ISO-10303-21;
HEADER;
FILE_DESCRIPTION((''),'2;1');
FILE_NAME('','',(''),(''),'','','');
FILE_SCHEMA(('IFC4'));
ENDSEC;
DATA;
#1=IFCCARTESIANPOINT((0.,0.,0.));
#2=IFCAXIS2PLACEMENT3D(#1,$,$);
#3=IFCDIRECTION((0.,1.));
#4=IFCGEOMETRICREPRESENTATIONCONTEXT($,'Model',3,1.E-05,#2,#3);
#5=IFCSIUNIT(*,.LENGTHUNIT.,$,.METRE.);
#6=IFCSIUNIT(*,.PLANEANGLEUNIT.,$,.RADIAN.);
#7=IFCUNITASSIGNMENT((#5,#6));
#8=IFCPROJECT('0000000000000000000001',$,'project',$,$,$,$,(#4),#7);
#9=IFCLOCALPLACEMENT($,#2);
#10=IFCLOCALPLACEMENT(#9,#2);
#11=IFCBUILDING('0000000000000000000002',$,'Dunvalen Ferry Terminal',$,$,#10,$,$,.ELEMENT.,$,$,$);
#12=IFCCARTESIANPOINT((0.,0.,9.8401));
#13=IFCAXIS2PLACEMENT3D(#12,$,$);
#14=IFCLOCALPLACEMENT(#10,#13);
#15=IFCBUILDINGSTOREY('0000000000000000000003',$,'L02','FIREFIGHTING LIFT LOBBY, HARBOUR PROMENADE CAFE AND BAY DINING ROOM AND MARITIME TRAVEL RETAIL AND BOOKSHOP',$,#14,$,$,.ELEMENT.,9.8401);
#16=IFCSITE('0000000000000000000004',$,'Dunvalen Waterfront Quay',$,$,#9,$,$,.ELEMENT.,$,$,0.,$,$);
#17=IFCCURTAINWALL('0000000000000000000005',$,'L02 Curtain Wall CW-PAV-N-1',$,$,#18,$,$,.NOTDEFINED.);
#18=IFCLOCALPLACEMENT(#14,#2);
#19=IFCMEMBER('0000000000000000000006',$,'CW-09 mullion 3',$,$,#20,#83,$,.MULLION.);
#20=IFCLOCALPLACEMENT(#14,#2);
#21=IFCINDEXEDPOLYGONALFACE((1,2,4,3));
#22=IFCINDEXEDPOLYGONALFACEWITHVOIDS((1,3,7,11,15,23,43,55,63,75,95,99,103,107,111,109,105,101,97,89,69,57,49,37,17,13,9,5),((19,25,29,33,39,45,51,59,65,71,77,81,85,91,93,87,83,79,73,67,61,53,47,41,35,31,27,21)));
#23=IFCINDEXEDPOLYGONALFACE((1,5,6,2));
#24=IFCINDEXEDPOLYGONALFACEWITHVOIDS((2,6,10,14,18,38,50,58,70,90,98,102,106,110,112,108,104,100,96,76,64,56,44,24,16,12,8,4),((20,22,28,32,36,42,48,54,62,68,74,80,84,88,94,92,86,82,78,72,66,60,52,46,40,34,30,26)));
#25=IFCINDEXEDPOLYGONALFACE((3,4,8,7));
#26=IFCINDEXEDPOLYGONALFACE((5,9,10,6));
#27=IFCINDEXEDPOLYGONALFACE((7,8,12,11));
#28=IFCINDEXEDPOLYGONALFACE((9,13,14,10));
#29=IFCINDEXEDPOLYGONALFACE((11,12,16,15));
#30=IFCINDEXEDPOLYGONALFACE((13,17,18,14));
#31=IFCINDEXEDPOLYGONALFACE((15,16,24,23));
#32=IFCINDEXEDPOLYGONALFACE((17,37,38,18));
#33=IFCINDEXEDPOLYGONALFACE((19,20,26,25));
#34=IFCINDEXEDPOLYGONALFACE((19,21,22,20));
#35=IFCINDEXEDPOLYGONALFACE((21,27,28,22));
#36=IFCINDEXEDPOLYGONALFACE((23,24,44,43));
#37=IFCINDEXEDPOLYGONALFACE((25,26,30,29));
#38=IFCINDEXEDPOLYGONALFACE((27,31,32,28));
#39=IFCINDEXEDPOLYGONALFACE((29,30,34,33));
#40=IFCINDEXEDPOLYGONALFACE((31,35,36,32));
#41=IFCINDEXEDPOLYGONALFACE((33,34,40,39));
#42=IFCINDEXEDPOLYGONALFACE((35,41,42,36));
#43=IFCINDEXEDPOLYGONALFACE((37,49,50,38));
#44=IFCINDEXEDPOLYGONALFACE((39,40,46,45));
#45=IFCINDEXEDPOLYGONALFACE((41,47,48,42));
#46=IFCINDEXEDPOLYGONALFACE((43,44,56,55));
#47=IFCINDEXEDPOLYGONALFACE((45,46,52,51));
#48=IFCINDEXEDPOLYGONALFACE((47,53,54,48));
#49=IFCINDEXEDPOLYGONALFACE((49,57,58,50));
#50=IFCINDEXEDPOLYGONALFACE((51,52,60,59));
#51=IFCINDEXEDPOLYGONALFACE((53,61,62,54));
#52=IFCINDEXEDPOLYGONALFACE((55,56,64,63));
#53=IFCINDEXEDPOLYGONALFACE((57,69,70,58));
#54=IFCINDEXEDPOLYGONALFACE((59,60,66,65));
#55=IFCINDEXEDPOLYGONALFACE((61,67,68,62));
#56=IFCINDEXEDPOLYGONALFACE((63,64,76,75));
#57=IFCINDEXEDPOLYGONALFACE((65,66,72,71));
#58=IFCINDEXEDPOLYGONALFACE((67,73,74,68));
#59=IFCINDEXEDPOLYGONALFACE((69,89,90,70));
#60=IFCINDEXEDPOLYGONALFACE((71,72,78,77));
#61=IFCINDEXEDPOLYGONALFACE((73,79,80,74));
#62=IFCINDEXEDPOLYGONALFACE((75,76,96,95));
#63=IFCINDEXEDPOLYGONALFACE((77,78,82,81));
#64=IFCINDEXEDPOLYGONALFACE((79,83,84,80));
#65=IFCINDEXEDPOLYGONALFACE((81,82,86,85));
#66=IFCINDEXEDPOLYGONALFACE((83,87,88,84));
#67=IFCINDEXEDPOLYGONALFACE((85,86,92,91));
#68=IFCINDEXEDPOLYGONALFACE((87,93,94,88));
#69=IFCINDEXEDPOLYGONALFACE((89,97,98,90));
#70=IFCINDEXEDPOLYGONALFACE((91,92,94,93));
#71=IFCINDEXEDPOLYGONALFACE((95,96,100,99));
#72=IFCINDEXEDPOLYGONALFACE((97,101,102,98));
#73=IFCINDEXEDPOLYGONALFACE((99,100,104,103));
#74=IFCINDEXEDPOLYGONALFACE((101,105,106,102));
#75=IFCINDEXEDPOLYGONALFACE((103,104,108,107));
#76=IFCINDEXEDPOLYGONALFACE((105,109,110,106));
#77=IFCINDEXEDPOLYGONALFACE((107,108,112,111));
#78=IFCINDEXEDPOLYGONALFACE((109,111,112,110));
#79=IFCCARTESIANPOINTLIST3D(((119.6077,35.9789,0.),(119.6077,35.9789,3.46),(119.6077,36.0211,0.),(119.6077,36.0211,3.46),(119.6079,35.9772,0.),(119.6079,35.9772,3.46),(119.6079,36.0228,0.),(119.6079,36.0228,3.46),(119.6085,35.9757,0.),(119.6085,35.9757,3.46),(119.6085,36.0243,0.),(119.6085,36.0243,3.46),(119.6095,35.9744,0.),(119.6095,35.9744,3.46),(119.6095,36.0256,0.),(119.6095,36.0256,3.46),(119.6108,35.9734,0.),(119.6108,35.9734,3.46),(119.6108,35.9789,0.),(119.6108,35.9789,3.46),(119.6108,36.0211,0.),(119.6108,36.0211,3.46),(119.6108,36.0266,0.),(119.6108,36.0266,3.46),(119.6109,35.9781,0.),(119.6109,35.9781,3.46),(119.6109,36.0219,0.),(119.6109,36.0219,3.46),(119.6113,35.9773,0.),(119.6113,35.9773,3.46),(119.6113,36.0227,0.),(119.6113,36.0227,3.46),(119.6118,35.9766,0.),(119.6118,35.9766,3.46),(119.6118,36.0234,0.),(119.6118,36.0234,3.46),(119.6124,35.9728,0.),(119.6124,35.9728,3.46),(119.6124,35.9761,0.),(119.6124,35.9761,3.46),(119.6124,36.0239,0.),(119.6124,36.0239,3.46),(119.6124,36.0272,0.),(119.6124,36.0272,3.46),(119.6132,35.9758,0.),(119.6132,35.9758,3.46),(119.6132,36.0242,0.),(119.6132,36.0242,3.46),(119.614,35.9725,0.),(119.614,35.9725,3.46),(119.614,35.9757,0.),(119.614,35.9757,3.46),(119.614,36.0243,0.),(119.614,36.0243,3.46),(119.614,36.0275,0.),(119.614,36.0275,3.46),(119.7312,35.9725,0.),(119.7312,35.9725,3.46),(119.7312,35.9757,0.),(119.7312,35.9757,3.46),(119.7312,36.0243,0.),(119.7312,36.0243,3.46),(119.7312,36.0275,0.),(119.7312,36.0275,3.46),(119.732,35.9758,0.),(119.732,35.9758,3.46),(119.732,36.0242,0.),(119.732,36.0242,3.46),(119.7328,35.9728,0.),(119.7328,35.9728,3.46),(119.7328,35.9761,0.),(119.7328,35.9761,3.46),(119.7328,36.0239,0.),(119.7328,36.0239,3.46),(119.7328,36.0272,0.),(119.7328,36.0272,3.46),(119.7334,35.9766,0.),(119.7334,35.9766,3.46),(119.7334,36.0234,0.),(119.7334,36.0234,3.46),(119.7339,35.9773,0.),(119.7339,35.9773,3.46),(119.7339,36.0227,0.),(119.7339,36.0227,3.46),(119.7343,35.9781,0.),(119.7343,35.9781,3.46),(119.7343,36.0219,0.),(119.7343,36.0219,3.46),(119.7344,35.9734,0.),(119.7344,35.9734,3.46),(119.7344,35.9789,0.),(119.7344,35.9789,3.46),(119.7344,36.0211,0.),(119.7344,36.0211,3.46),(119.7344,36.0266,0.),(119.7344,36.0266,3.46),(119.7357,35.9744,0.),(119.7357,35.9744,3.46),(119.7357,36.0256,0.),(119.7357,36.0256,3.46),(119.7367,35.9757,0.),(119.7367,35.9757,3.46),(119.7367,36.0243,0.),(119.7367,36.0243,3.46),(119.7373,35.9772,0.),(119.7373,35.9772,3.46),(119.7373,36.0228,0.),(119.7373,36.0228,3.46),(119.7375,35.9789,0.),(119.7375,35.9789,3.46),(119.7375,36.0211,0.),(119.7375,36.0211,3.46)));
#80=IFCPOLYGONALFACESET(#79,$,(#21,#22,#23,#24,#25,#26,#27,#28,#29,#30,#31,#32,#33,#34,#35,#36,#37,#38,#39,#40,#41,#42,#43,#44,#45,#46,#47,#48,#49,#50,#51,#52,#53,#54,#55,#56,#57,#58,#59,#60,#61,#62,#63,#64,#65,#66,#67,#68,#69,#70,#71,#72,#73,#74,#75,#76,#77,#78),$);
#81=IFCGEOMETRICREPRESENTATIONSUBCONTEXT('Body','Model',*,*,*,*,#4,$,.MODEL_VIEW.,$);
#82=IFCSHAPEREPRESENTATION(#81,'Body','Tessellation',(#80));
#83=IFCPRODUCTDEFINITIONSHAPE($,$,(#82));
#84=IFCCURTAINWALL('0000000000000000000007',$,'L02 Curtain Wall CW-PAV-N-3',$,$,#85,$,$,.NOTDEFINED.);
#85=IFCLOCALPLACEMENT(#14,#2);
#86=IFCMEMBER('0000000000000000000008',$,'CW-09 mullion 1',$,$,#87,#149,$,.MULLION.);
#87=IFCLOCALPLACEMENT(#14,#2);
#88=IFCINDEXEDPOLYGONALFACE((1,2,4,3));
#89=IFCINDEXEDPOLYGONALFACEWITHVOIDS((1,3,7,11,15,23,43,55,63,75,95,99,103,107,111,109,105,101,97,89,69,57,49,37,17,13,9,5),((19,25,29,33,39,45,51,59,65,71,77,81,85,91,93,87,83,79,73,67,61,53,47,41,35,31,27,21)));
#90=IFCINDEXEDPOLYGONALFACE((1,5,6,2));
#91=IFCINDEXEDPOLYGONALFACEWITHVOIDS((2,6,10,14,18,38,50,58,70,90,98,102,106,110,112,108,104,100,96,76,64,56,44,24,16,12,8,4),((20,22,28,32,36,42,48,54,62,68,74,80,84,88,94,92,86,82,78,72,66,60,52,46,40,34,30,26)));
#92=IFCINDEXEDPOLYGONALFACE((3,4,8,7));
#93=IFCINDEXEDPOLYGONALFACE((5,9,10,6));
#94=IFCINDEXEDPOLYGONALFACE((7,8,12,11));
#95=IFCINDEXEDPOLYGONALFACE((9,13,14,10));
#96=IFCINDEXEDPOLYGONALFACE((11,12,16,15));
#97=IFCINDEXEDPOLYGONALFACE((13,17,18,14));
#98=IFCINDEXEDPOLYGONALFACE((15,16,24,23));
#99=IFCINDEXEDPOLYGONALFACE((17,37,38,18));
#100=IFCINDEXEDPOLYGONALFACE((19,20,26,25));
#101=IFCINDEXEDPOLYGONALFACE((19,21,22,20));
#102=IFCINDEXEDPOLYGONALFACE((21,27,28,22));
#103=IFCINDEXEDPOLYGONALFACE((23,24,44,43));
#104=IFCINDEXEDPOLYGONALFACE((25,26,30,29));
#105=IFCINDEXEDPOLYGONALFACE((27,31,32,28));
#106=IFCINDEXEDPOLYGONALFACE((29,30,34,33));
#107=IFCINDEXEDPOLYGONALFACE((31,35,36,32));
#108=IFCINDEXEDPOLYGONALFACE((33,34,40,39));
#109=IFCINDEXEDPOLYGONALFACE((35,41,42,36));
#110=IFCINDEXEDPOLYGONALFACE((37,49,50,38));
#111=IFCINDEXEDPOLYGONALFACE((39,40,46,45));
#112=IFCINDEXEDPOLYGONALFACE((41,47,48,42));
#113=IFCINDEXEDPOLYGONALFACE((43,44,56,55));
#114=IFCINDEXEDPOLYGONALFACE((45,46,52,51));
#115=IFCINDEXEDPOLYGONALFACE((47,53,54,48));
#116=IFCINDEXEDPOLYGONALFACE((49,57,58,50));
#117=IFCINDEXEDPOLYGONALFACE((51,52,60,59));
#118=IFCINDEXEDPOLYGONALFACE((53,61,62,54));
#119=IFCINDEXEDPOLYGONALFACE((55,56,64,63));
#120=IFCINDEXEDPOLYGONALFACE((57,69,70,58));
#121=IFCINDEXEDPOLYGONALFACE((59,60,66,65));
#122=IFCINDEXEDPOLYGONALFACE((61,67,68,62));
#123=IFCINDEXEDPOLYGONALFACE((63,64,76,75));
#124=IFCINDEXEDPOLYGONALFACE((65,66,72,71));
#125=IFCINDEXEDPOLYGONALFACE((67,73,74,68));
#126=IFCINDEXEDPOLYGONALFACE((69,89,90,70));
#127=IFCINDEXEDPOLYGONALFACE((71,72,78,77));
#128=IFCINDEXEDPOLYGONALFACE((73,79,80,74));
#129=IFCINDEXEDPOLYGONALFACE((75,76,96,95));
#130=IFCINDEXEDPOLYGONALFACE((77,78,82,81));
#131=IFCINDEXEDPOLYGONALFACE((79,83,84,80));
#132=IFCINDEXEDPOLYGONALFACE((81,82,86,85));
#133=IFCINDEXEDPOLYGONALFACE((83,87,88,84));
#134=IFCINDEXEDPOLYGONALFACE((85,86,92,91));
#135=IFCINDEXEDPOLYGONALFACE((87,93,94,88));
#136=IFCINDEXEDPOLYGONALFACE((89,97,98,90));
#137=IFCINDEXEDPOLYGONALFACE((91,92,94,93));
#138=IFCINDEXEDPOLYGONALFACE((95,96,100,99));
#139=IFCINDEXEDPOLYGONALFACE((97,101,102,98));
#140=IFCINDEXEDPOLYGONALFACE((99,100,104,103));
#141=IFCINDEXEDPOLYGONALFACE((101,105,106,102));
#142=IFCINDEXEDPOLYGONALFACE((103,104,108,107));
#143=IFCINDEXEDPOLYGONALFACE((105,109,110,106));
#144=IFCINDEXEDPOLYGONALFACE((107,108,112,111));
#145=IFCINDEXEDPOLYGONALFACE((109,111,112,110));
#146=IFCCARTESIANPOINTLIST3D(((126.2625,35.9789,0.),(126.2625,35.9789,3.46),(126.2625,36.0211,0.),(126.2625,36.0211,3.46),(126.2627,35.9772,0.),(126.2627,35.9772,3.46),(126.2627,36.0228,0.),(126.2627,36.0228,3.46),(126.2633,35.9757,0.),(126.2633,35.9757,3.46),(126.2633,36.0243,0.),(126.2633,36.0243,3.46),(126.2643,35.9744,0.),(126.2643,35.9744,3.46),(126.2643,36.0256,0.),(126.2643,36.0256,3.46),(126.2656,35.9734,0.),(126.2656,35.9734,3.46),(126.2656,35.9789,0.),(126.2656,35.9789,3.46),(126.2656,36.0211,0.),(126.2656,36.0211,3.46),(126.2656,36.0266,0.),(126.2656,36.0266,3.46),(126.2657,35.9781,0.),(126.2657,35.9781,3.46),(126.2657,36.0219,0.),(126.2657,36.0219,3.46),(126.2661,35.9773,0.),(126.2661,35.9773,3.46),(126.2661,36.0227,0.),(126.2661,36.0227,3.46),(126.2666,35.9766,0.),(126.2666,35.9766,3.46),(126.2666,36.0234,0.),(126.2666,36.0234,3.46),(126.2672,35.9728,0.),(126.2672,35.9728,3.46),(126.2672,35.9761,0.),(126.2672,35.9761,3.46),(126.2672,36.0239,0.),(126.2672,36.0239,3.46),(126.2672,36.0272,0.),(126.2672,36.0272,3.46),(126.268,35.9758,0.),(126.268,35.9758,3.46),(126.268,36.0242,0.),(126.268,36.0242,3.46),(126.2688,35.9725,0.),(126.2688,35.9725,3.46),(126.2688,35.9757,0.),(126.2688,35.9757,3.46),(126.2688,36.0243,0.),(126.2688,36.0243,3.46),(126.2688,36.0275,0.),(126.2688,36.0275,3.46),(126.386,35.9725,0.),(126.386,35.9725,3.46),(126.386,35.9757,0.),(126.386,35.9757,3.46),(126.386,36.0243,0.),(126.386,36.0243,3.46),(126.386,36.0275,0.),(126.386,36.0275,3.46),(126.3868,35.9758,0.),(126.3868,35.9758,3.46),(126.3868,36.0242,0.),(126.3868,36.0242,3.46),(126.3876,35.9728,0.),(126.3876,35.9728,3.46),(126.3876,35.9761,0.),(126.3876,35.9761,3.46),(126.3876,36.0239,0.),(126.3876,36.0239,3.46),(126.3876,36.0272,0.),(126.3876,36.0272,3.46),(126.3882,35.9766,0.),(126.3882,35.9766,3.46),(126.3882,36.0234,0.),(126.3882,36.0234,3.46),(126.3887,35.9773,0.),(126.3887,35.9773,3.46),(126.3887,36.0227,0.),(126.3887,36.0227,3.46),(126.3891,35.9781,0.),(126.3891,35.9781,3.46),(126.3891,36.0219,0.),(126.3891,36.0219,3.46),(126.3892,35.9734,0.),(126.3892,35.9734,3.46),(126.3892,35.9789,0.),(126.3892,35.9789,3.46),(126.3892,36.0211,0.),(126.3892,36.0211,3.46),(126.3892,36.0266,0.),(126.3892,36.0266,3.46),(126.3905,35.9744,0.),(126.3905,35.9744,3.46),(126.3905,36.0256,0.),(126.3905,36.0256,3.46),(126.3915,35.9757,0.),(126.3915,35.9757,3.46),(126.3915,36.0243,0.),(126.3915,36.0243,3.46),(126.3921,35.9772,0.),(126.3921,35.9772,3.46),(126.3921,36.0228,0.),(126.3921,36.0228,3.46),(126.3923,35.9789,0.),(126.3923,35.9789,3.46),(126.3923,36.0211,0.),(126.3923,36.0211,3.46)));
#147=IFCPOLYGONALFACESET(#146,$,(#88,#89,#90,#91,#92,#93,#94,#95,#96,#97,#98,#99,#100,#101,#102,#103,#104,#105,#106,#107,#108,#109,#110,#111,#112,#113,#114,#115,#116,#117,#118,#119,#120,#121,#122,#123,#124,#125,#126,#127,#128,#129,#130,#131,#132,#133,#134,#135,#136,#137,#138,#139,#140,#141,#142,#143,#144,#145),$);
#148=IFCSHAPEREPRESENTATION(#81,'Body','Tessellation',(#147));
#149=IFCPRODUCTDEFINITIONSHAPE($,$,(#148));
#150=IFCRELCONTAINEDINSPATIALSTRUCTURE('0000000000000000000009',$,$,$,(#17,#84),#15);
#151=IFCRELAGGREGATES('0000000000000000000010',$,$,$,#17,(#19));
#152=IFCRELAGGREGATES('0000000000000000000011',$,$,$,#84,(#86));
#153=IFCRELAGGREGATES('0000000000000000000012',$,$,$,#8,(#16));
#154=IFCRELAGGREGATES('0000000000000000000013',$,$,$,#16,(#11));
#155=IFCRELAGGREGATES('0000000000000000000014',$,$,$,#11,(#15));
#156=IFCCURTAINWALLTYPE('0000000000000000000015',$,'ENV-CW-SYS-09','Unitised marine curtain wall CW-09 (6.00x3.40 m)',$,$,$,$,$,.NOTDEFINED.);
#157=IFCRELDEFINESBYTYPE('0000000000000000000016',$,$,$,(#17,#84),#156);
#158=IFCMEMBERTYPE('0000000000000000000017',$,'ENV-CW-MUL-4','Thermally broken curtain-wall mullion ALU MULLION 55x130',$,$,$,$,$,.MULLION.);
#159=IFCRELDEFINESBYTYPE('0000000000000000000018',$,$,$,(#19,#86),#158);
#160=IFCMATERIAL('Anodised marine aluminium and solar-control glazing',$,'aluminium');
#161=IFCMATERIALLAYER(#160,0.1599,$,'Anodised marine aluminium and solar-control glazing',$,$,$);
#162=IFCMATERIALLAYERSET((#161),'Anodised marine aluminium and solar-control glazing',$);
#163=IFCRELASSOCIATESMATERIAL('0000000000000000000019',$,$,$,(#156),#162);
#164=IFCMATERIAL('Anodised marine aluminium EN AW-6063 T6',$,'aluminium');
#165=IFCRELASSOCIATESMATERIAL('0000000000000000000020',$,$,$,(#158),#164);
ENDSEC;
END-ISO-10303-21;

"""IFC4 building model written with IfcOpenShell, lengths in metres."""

from ifc_helpers import new_model, si_unit, direction, frame, origin, origin_2d, place, context, subcontext, project, spatial, hollow_rectangle, extrude, material, layer, layer_set, material_profile, profile_set, type_object, element, aggregate, save


model = new_model("IFC4")

# Units and contexts
model_context = context("Model", 3, precision=1e-05, world=origin(), true_north=direction((0.0, 1.0)))
body_context = subcontext(model_context, "Body", "Model", "MODEL_VIEW")
ifc_project = project(units=[si_unit("LENGTHUNIT", "METRE"), si_unit("PLANEANGLEUNIT", "RADIAN")], contexts=[model_context])

# Site, building, storey
site_placement = place(None, origin())
site = spatial("IfcSite", under=ifc_project, at=site_placement, Name="Dunvalen Waterfront Quay", CompositionType="ELEMENT", RefElevation=0.0)
building_placement = place(site_placement, origin())
building = spatial("IfcBuilding", under=site, at=building_placement, Name="Dunvalen Ferry Terminal", CompositionType="ELEMENT")
storey_placement = place(building_placement, frame((0.0, 0.0, 9.8401)))
storey = spatial("IfcBuildingStorey", under=building, at=storey_placement, Name="L02", Description="FIREFIGHTING LIFT LOBBY, HARBOUR PROMENADE CAFE AND BAY DINING ROOM AND MARITIME TRAVEL RETAIL AND BOOKSHOP", CompositionType="ELEMENT", Elevation=9.8401)

# Curtain wall, member
ifc_material_1 = material(Name="Anodised marine aluminium and solar-control glazing", Category="aluminium")
ifc_layer_1 = layer(ifc_material_1, 0.1599, Name="Anodised marine aluminium and solar-control glazing")
ifc_layer_set_1 = layer_set([ifc_layer_1], Name="Anodised marine aluminium and solar-control glazing")
curtain_wall_type = type_object("IfcCurtainWallType", Name="ENV-CW-SYS-09", Description="Unitised marine curtain wall CW-09 (6.00x3.40 m)", PredefinedType="NOTDEFINED", material=ifc_layer_set_1)
curtain_wall_1_placement = place(storey_placement, origin())
curtain_wall_1 = element("IfcCurtainWall", 1, at=curtain_wall_1_placement, inside=storey, type_object=curtain_wall_type, Name="L02 Curtain Wall CW-PAV-N-1", PredefinedType="NOTDEFINED")
ifc_material_2 = material(Name="Anodised marine aluminium EN AW-6063 T6", Category="aluminium")
ifc_material_profile_1 = material_profile(ifc_material_2, hollow_rectangle(XDim=0.0549, YDim=0.1299, WallThickness=0.0032, InnerFilletRadius=0.0032, OuterFilletRadius=0.0063, at=origin_2d()), Name="Anodised marine aluminium EN AW-6063 T6")
ifc_profile_set_1 = profile_set([ifc_material_profile_1], Name="Anodised marine aluminium EN AW-6063 T6")
member_type_1 = type_object("IfcMemberType", Name="ENV-CW-MUL-4", Description="Thermally broken curtain-wall mullion ALU MULLION 55x130", PredefinedType="MULLION", material=ifc_profile_set_1)
member_1_placement = place(storey_placement, frame((119.6726, 36.0, 0.0), z_axis=(0.0, 0.0, 1.0), x_axis=(0.0, 1.0, 0.0)))
member_1 = element("IfcMember", 2, at=member_1_placement, type_object=member_type_1, Name="CW-09 mullion 3", PredefinedType="MULLION", context=body_context, shape_type="SweptSolid", body=[
    extrude(hollow_rectangle(XDim=0.0549, YDim=0.1299, WallThickness=0.0032, InnerFilletRadius=0.0032, OuterFilletRadius=0.0063, at=origin_2d()), origin(), (0.0, 0.0, 1.0), 3.46),
])

# Curtain wall, member
curtain_wall_2_placement = place(storey_placement, origin())
curtain_wall_2 = element("IfcCurtainWall", 3, at=curtain_wall_2_placement, inside=storey, type_object=curtain_wall_type, Name="L02 Curtain Wall CW-PAV-N-3", PredefinedType="NOTDEFINED")
member_2_placement = place(storey_placement, frame((126.3274, 36.0, 0.0), z_axis=(0.0, 0.0, 1.0), x_axis=(0.0, 1.0, 0.0)))
member_2 = element("IfcMember", 4, at=member_2_placement, type_object=member_type_1, Name="CW-09 mullion 1", PredefinedType="MULLION", context=body_context, shape_type="SweptSolid", body=[
    extrude(hollow_rectangle(XDim=0.0549, YDim=0.1299, WallThickness=0.0032, InnerFilletRadius=0.0032, OuterFilletRadius=0.0063, at=origin_2d()), origin(), (0.0, 0.0, 1.0), 3.46),
])

aggregate(curtain_wall_1, [member_1])
aggregate(curtain_wall_2, [member_2])

save(model, "model.ifc")
